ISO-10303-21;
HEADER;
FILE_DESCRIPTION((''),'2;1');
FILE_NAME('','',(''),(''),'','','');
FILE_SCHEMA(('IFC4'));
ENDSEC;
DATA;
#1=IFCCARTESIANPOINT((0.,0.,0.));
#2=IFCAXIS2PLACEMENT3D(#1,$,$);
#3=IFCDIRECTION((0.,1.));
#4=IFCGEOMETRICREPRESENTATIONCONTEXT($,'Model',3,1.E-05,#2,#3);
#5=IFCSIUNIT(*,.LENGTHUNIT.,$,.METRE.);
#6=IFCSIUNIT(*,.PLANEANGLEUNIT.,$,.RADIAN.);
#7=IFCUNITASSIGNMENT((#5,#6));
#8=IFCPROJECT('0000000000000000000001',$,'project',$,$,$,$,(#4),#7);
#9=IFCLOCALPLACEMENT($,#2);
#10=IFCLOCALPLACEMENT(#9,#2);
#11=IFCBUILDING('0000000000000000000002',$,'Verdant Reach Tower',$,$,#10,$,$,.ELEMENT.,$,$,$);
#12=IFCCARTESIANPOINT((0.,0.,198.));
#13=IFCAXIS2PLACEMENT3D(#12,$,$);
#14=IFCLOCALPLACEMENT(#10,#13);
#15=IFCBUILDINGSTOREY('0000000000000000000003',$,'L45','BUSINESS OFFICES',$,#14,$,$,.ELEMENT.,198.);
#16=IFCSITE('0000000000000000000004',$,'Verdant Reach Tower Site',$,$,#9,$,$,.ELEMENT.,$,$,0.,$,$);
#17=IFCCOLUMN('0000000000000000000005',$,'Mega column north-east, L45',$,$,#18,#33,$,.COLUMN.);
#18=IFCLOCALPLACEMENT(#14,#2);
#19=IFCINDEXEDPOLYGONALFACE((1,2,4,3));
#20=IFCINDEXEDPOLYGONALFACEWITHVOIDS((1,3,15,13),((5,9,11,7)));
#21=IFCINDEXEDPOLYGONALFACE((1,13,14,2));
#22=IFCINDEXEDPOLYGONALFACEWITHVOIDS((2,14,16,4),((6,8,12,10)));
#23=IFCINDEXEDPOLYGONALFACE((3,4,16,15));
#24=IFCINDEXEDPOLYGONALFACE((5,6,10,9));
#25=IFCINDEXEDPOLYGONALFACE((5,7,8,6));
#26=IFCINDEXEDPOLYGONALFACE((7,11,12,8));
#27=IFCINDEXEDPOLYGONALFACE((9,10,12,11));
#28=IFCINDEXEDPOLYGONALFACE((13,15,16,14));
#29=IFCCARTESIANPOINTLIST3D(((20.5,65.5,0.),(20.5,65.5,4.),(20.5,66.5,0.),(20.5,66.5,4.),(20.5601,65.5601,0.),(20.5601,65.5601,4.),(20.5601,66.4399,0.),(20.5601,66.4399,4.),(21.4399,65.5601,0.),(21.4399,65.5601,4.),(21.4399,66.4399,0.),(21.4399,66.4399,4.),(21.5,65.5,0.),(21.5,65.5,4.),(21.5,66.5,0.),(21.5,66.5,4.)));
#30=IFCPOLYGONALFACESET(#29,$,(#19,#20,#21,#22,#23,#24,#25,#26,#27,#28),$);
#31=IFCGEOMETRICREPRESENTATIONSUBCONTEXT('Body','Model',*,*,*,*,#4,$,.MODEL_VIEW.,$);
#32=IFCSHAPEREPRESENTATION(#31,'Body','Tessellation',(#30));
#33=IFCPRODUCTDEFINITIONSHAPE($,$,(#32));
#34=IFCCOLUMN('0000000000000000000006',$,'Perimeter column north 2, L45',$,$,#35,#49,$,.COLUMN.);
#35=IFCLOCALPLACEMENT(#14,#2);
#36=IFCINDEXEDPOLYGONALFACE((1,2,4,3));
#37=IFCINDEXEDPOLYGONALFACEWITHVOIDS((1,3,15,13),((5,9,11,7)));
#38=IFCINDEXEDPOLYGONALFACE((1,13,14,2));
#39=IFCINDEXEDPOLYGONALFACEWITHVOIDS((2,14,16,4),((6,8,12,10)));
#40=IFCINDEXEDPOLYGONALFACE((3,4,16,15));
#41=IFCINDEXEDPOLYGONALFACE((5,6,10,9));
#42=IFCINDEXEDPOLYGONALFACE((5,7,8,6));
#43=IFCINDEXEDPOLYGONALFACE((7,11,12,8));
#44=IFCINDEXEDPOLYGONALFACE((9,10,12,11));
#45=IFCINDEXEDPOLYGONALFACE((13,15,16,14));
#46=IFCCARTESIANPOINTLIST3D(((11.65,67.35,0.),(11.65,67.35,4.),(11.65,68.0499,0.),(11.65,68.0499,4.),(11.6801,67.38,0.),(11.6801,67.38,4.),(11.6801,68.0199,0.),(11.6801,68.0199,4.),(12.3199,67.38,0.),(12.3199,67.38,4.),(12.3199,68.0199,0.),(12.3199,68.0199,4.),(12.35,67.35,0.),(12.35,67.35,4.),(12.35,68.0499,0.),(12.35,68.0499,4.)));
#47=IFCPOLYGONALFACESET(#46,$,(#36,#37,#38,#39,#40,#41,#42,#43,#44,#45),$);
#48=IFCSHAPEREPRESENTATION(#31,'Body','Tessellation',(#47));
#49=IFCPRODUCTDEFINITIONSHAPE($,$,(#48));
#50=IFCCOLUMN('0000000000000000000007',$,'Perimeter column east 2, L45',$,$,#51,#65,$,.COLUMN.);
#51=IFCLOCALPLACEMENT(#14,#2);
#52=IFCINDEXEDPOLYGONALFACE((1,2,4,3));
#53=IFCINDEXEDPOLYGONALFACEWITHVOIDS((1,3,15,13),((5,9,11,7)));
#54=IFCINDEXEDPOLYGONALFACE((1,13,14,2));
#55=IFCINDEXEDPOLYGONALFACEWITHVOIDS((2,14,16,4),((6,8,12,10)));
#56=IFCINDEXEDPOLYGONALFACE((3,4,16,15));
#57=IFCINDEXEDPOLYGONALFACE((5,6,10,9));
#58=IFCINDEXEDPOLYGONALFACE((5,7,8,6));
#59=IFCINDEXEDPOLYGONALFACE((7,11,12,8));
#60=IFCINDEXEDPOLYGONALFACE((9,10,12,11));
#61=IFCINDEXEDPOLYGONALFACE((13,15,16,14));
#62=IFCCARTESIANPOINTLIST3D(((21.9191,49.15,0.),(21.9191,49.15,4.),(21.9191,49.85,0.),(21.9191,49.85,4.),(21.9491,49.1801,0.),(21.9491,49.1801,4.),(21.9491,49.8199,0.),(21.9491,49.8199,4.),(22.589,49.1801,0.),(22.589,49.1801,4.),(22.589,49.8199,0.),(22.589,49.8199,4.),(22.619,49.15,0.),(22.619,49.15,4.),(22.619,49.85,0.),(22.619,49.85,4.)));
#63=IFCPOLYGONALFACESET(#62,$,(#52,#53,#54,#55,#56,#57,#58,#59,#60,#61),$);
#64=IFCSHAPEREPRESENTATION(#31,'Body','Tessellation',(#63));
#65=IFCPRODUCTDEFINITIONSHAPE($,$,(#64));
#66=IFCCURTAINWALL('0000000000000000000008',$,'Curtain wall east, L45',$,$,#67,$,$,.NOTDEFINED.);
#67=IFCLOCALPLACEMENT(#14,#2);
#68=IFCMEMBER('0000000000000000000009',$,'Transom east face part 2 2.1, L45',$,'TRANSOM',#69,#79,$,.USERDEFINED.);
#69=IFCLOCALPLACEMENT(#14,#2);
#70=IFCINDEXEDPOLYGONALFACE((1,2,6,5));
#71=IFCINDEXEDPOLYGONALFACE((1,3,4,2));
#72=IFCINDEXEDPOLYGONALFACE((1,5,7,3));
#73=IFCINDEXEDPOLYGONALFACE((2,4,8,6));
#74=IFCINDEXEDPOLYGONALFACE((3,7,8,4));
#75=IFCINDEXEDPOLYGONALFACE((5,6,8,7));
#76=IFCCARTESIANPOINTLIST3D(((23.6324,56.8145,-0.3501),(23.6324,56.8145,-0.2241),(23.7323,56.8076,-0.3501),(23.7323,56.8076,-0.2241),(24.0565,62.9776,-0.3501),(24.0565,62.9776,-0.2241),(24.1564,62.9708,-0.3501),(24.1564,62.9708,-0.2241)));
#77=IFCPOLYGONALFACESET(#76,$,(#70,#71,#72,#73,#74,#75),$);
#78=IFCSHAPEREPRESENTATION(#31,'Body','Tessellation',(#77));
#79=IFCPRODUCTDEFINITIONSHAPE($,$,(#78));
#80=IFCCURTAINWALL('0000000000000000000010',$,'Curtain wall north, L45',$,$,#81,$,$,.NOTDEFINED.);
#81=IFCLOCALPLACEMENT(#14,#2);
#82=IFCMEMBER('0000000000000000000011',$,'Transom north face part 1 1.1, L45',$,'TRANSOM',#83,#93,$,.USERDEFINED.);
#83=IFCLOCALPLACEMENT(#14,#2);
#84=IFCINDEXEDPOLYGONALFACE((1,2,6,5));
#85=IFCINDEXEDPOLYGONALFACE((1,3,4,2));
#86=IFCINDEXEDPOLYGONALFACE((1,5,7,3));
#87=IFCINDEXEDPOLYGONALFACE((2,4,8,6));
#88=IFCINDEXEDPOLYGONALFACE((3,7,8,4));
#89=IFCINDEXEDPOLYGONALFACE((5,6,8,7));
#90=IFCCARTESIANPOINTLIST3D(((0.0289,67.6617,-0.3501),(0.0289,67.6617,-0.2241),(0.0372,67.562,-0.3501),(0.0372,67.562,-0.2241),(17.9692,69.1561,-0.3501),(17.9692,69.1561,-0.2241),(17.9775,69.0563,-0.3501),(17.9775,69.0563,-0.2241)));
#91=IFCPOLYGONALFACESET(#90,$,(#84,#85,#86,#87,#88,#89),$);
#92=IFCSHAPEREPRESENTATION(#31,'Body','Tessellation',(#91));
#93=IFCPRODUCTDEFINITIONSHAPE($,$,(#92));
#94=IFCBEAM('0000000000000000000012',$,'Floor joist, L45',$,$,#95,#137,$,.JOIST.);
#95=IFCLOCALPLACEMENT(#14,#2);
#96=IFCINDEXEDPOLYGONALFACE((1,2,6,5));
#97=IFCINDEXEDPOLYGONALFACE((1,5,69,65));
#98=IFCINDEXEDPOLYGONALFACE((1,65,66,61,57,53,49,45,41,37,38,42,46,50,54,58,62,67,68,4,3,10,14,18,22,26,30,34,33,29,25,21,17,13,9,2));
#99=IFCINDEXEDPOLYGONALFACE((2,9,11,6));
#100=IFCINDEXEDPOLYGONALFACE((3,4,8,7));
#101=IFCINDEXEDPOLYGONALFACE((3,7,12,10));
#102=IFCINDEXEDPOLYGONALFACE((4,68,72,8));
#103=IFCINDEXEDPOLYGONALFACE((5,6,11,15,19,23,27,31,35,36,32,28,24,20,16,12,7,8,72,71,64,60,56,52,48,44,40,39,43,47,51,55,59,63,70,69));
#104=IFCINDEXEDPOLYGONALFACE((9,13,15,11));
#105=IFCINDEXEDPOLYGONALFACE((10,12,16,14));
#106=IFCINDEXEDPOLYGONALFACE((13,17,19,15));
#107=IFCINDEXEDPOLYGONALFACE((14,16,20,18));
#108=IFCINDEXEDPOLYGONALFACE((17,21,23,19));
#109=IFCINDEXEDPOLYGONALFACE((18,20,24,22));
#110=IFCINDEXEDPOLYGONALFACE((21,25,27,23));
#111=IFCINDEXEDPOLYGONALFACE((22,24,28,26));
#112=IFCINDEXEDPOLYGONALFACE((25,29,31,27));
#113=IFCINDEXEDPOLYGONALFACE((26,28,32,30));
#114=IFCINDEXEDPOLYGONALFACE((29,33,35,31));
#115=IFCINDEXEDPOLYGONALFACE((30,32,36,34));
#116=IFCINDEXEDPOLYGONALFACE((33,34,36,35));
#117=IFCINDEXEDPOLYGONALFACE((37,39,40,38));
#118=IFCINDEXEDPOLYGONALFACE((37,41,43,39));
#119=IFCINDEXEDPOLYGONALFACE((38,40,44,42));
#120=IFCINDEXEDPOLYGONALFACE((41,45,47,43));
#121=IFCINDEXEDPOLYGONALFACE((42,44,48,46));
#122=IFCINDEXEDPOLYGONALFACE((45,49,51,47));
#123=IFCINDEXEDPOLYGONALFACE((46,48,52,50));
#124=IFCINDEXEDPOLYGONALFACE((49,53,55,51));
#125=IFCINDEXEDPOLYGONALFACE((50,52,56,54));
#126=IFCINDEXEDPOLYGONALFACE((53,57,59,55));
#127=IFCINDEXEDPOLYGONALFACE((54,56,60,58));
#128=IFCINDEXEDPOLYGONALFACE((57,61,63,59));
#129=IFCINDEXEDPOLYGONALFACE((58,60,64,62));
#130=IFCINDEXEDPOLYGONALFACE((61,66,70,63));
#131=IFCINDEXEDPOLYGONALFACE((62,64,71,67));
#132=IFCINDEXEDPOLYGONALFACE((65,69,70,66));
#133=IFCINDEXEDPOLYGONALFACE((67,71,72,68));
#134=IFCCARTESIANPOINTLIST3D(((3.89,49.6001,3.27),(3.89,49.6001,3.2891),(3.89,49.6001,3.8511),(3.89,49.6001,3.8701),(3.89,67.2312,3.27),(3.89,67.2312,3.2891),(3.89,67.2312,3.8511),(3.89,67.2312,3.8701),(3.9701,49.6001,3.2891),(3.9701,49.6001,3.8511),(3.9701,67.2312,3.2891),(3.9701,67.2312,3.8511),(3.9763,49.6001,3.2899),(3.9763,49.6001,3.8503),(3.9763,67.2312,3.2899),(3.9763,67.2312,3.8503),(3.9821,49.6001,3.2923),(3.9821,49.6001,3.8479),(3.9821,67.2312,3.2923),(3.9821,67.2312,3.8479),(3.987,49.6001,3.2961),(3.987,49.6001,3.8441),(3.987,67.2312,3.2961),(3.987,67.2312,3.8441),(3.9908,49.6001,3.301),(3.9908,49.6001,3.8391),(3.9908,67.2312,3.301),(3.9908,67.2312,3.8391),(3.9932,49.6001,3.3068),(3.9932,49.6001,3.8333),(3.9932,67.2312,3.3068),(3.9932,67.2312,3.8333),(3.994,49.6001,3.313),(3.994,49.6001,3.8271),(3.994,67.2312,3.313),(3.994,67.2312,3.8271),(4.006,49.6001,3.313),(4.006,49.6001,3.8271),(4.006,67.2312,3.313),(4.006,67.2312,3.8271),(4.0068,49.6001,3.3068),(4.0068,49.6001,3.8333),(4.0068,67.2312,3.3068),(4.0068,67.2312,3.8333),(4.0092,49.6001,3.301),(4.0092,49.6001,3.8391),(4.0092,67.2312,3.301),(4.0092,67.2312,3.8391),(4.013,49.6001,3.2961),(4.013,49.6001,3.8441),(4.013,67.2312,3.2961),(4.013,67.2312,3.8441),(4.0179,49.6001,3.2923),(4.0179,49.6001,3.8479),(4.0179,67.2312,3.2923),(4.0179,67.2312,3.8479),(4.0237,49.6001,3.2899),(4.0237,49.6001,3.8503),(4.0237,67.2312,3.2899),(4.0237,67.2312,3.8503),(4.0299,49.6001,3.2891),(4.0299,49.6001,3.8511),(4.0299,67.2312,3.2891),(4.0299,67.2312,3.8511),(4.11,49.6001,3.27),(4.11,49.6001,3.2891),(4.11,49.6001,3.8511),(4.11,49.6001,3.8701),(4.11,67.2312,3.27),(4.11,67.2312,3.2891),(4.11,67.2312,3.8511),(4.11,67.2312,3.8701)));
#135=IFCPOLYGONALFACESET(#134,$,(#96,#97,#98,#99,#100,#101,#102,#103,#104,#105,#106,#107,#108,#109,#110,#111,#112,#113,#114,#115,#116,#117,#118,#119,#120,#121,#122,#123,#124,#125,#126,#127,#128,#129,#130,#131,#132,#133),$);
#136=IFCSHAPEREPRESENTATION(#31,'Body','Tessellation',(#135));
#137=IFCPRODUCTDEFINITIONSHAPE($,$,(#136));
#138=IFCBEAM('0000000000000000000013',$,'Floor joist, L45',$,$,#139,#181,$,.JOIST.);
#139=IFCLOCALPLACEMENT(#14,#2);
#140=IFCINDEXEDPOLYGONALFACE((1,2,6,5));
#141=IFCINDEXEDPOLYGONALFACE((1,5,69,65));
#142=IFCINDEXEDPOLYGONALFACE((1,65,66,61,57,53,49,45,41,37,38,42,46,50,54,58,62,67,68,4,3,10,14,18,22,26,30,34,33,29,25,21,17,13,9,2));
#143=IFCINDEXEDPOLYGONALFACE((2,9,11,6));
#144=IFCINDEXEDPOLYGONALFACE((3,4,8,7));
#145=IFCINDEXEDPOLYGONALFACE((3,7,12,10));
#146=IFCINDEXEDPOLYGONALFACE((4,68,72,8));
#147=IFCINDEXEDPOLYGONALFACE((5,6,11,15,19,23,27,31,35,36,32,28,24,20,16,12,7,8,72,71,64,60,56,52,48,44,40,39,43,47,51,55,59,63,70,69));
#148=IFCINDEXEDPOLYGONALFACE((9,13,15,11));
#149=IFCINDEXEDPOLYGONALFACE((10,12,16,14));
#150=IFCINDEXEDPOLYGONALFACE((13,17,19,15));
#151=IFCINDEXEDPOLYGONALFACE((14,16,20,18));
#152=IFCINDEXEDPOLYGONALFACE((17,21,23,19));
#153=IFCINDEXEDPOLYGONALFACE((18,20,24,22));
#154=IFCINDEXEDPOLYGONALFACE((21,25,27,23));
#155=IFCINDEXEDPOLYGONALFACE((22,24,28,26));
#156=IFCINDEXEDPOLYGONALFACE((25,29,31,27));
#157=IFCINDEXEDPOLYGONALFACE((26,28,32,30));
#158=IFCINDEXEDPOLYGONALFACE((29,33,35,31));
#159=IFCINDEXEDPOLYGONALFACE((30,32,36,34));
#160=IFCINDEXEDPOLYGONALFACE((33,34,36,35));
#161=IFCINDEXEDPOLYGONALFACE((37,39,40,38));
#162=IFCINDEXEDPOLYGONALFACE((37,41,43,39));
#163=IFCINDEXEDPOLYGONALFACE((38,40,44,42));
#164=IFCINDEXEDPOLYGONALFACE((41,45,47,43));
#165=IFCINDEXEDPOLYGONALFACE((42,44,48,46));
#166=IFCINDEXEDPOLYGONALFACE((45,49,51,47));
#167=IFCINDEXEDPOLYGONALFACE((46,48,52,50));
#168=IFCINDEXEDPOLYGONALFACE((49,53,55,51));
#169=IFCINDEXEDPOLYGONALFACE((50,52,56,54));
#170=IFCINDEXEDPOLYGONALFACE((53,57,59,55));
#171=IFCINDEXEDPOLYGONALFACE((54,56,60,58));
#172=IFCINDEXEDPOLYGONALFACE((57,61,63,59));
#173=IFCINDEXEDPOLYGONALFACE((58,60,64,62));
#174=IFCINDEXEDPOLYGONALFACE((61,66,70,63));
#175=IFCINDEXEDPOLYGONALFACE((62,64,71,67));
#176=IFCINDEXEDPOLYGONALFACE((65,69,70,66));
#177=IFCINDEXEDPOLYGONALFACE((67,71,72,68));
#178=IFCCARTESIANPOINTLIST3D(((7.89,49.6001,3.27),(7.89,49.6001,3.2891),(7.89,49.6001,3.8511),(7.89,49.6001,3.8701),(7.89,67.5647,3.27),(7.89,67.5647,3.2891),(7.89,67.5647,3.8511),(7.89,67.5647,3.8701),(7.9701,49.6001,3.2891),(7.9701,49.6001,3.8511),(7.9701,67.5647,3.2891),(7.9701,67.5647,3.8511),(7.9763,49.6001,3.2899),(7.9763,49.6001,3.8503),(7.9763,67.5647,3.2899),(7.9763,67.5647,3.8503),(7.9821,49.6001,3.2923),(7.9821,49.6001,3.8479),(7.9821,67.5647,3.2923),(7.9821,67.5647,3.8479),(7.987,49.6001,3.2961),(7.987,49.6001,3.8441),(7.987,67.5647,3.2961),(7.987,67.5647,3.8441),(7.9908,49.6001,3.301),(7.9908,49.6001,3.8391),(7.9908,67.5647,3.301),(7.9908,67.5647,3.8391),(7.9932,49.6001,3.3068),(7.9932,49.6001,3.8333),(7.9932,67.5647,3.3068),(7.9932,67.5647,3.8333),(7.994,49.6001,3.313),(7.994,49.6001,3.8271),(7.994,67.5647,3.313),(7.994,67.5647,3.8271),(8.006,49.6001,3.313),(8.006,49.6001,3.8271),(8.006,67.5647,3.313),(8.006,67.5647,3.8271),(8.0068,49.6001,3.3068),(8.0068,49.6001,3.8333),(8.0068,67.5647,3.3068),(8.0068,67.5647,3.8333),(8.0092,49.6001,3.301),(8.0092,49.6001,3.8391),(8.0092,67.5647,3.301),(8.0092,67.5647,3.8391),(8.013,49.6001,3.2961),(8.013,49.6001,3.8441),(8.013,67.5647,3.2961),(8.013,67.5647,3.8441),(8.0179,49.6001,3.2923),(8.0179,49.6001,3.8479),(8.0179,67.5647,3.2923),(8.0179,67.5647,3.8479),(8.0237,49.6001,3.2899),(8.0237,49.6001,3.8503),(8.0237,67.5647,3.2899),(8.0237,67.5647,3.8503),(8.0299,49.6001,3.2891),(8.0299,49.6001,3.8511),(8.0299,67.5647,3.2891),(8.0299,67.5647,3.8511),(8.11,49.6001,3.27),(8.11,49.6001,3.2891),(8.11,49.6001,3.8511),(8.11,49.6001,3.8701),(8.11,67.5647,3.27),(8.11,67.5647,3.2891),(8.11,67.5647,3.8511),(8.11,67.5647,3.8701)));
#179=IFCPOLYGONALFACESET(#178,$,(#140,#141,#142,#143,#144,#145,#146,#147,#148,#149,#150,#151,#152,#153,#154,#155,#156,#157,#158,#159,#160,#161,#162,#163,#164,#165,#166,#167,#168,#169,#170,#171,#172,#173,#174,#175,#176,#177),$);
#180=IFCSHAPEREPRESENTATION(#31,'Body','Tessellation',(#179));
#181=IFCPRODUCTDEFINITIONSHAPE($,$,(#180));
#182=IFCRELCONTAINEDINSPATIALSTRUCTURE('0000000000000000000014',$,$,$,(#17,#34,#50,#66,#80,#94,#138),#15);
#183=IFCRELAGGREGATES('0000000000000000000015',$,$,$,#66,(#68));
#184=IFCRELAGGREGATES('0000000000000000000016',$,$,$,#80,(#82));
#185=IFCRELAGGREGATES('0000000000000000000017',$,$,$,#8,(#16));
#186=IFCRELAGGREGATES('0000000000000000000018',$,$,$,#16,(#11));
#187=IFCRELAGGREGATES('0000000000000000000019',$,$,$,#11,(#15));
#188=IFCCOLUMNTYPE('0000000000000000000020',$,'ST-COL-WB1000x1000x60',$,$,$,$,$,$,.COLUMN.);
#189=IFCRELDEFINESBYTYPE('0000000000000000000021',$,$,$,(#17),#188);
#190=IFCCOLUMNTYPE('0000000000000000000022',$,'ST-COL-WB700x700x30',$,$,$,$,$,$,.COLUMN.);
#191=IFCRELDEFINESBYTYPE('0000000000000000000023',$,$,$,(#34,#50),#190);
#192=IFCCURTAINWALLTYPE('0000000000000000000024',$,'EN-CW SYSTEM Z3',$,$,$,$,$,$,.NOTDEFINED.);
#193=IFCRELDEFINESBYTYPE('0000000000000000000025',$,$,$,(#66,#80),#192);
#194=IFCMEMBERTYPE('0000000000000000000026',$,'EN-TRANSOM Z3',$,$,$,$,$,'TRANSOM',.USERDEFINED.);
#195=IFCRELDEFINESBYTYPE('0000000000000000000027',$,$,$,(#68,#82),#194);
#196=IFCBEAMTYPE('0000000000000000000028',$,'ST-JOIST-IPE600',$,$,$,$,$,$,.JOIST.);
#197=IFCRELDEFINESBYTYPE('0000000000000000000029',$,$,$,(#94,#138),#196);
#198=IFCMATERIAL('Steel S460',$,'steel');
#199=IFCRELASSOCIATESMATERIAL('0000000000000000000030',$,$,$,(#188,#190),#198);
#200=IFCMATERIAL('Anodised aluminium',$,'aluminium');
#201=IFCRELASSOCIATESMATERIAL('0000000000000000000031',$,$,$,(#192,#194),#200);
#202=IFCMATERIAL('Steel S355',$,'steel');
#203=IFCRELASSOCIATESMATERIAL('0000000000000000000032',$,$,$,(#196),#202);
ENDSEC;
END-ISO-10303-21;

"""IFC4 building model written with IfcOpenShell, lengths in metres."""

from ifc_helpers import new_model, si_unit, direction, frame, origin, origin_2d, place, context, subcontext, project, spatial, rectangle, hollow_rectangle, i_section, extrude, material, material_profile, profile_set, type_object, element, aggregate, save


model = new_model("IFC4")

# Units and contexts
model_context = context("Model", 3, precision=1e-05, world=origin(), true_north=direction((0.0, 1.0)))
body_context = subcontext(model_context, "Body", "Model", "MODEL_VIEW")
ifc_project = project(units=[si_unit("LENGTHUNIT", "METRE"), si_unit("PLANEANGLEUNIT", "RADIAN")], contexts=[model_context])

# Site, building, storey
site_placement = place(None, origin())
site = spatial("IfcSite", under=ifc_project, at=site_placement, Name="Verdant Reach Tower Site", CompositionType="ELEMENT", RefElevation=0.0)
building_placement = place(site_placement, origin())
building = spatial("IfcBuilding", under=site, at=building_placement, Name="Verdant Reach Tower", CompositionType="ELEMENT")
storey_placement = place(building_placement, frame((0.0, 0.0, 198.0)))
storey = spatial("IfcBuildingStorey", under=building, at=storey_placement, Name="L45", Description="BUSINESS OFFICES", CompositionType="ELEMENT", Elevation=198.0)

# Columns
ifc_material_1 = material(Name="Steel S460", Category="steel")
ifc_material_profile_1 = material_profile(ifc_material_1, hollow_rectangle(XDim=1.0, YDim=1.0, WallThickness=0.0601, at=origin_2d()), Name="WB 1000x1000x60")
ifc_profile_set_1 = profile_set([ifc_material_profile_1], Name="Steel S460")
column_type_1 = type_object("IfcColumnType", Name="ST-COL-WB1000x1000x60", PredefinedType="COLUMN", material=ifc_profile_set_1)
column_placement = place(storey_placement, frame((21.0, 66.0, 0.0), z_axis=(0.0, 0.0, 1.0), x_axis=(1.0, 0.0, 0.0)))
element("IfcColumn", 1, at=column_placement, inside=storey, type_object=column_type_1, Name="Mega column north-east, L45", PredefinedType="COLUMN", context=body_context, shape_type="SweptSolid", body=[
    extrude(hollow_rectangle(XDim=1.0, YDim=1.0, WallThickness=0.0601, at=origin_2d()), origin(), (0.0, 0.0, 1.0), 4.0),
])
ifc_material_profile_2 = material_profile(ifc_material_1, hollow_rectangle(XDim=0.7, YDim=0.7, WallThickness=0.03, at=origin_2d()), Name="WB 700x700x30")
ifc_profile_set_2 = profile_set([ifc_material_profile_2], Name="Steel S460")
column_type_2 = type_object("IfcColumnType", Name="ST-COL-WB700x700x30", PredefinedType="COLUMN", material=ifc_profile_set_2)
for number, where, z_axis, x_axis, name in (
    (2, (12.0, 67.7, 0.0), (0.0, 0.0, 1.0), (1.0, 0.0, 0.0), "Perimeter column north 2, L45"),
    (3, (22.269, 49.5, 0.0), (0.0, 0.0, 1.0), (1.0, 0.0, 0.0), "Perimeter column east 2, L45"),
):
    element("IfcColumn", number, at=place(storey_placement, frame(where, z_axis=z_axis, x_axis=x_axis)), inside=storey, type_object=column_type_2, Name=name, PredefinedType="COLUMN", context=body_context, shape_type="SweptSolid", body=[
        extrude(hollow_rectangle(XDim=0.7, YDim=0.7, WallThickness=0.03, at=origin_2d()), origin(), (0.0, 0.0, 1.0), 4.0),
    ])

# Curtain walls, members
ifc_material_2 = material(Name="Anodised aluminium", Category="aluminium")
curtain_wall_type = type_object("IfcCurtainWallType", Name="EN-CW SYSTEM Z3", PredefinedType="NOTDEFINED", material=ifc_material_2)
curtain_wall_1_placement = place(storey_placement, origin())
curtain_wall_1 = element("IfcCurtainWall", 4, at=curtain_wall_1_placement, inside=storey, type_object=curtain_wall_type, Name="Curtain wall east, L45", PredefinedType="NOTDEFINED")
ifc_material_profile_3 = material_profile(ifc_material_2, rectangle(XDim=0.1001, YDim=0.126, at=origin_2d()), Name="Transom 126x100")
ifc_profile_set_3 = profile_set([ifc_material_profile_3], Name="Anodised aluminium")
member_type = type_object("IfcMemberType", Name="EN-TRANSOM Z3", ElementType="TRANSOM", PredefinedType="USERDEFINED", material=ifc_profile_set_3)
member_1_placement = place(storey_placement, frame((23.6824, 56.811, -0.2871), z_axis=(0.068646, 0.997641, 0.0), x_axis=(-0.997641, 0.068646, 0.0)))
member_1 = element("IfcMember", 5, at=member_1_placement, type_object=member_type, Name="Transom east face part 2 2.1, L45", ObjectType="TRANSOM", PredefinedType="USERDEFINED", context=body_context, shape_type="SweptSolid", body=[
    extrude(rectangle(XDim=0.1001, YDim=0.126, at=origin_2d()), origin(), (0.0, 0.0, 1.0), 6.1777),
])
curtain_wall_2_placement = place(storey_placement, origin())
curtain_wall_2 = element("IfcCurtainWall", 6, at=curtain_wall_2_placement, inside=storey, type_object=curtain_wall_type, Name="Curtain wall north, L45", PredefinedType="NOTDEFINED")
member_2_placement = place(storey_placement, frame((17.9734, 69.1062, -0.2871), z_axis=(-0.996549, -0.08301, 0.0), x_axis=(0.08301, -0.996549, 0.0)))
member_2 = element("IfcMember", 7, at=member_2_placement, type_object=member_type, Name="Transom north face part 1 1.1, L45", ObjectType="TRANSOM", PredefinedType="USERDEFINED", context=body_context, shape_type="SweptSolid", body=[
    extrude(rectangle(XDim=0.1001, YDim=0.126, at=origin_2d()), origin(), (0.0, 0.0, 1.0), 18.0024),
])

# Beams
ifc_material_3 = material(Name="Steel S355", Category="steel")
ifc_material_profile_4 = material_profile(ifc_material_3, i_section(OverallWidth=0.22, OverallDepth=0.6001, WebThickness=0.012, FlangeThickness=0.019, FilletRadius=0.0239, at=origin_2d()), Name="IPE 600")
ifc_profile_set_4 = profile_set([ifc_material_profile_4], Name="Steel S355")
beam_type_1 = type_object("IfcBeamType", Name="ST-JOIST-IPE600", PredefinedType="JOIST", material=ifc_profile_set_4)
beam_1_placement = place(storey_placement, frame((4.0, 49.6001, 3.5701), z_axis=(0.0, 1.0, 0.0), x_axis=(-1.0, 0.0, 0.0)))
element("IfcBeam", 8, at=beam_1_placement, inside=storey, type_object=beam_type_1, Name="Floor joist, L45", PredefinedType="JOIST", context=body_context, shape_type="SweptSolid", body=[
    extrude(i_section(OverallWidth=0.22, OverallDepth=0.6001, WebThickness=0.012, FlangeThickness=0.019, FilletRadius=0.0239, at=origin_2d()), origin(), (0.0, 0.0, 1.0), 17.6311),
])
beam_2_placement = place(storey_placement, frame((8.0, 49.6001, 3.5701), z_axis=(0.0, 1.0, 0.0), x_axis=(-1.0, 0.0, 0.0)))
element("IfcBeam", 9, at=beam_2_placement, inside=storey, type_object=beam_type_1, Name="Floor joist, L45", PredefinedType="JOIST", context=body_context, shape_type="SweptSolid", body=[
    extrude(i_section(OverallWidth=0.22, OverallDepth=0.6001, WebThickness=0.012, FlangeThickness=0.019, FilletRadius=0.0239, at=origin_2d()), origin(), (0.0, 0.0, 1.0), 17.9646),
])

aggregate(curtain_wall_1, [member_1])
aggregate(curtain_wall_2, [member_2])

save(model, "model.ifc")
